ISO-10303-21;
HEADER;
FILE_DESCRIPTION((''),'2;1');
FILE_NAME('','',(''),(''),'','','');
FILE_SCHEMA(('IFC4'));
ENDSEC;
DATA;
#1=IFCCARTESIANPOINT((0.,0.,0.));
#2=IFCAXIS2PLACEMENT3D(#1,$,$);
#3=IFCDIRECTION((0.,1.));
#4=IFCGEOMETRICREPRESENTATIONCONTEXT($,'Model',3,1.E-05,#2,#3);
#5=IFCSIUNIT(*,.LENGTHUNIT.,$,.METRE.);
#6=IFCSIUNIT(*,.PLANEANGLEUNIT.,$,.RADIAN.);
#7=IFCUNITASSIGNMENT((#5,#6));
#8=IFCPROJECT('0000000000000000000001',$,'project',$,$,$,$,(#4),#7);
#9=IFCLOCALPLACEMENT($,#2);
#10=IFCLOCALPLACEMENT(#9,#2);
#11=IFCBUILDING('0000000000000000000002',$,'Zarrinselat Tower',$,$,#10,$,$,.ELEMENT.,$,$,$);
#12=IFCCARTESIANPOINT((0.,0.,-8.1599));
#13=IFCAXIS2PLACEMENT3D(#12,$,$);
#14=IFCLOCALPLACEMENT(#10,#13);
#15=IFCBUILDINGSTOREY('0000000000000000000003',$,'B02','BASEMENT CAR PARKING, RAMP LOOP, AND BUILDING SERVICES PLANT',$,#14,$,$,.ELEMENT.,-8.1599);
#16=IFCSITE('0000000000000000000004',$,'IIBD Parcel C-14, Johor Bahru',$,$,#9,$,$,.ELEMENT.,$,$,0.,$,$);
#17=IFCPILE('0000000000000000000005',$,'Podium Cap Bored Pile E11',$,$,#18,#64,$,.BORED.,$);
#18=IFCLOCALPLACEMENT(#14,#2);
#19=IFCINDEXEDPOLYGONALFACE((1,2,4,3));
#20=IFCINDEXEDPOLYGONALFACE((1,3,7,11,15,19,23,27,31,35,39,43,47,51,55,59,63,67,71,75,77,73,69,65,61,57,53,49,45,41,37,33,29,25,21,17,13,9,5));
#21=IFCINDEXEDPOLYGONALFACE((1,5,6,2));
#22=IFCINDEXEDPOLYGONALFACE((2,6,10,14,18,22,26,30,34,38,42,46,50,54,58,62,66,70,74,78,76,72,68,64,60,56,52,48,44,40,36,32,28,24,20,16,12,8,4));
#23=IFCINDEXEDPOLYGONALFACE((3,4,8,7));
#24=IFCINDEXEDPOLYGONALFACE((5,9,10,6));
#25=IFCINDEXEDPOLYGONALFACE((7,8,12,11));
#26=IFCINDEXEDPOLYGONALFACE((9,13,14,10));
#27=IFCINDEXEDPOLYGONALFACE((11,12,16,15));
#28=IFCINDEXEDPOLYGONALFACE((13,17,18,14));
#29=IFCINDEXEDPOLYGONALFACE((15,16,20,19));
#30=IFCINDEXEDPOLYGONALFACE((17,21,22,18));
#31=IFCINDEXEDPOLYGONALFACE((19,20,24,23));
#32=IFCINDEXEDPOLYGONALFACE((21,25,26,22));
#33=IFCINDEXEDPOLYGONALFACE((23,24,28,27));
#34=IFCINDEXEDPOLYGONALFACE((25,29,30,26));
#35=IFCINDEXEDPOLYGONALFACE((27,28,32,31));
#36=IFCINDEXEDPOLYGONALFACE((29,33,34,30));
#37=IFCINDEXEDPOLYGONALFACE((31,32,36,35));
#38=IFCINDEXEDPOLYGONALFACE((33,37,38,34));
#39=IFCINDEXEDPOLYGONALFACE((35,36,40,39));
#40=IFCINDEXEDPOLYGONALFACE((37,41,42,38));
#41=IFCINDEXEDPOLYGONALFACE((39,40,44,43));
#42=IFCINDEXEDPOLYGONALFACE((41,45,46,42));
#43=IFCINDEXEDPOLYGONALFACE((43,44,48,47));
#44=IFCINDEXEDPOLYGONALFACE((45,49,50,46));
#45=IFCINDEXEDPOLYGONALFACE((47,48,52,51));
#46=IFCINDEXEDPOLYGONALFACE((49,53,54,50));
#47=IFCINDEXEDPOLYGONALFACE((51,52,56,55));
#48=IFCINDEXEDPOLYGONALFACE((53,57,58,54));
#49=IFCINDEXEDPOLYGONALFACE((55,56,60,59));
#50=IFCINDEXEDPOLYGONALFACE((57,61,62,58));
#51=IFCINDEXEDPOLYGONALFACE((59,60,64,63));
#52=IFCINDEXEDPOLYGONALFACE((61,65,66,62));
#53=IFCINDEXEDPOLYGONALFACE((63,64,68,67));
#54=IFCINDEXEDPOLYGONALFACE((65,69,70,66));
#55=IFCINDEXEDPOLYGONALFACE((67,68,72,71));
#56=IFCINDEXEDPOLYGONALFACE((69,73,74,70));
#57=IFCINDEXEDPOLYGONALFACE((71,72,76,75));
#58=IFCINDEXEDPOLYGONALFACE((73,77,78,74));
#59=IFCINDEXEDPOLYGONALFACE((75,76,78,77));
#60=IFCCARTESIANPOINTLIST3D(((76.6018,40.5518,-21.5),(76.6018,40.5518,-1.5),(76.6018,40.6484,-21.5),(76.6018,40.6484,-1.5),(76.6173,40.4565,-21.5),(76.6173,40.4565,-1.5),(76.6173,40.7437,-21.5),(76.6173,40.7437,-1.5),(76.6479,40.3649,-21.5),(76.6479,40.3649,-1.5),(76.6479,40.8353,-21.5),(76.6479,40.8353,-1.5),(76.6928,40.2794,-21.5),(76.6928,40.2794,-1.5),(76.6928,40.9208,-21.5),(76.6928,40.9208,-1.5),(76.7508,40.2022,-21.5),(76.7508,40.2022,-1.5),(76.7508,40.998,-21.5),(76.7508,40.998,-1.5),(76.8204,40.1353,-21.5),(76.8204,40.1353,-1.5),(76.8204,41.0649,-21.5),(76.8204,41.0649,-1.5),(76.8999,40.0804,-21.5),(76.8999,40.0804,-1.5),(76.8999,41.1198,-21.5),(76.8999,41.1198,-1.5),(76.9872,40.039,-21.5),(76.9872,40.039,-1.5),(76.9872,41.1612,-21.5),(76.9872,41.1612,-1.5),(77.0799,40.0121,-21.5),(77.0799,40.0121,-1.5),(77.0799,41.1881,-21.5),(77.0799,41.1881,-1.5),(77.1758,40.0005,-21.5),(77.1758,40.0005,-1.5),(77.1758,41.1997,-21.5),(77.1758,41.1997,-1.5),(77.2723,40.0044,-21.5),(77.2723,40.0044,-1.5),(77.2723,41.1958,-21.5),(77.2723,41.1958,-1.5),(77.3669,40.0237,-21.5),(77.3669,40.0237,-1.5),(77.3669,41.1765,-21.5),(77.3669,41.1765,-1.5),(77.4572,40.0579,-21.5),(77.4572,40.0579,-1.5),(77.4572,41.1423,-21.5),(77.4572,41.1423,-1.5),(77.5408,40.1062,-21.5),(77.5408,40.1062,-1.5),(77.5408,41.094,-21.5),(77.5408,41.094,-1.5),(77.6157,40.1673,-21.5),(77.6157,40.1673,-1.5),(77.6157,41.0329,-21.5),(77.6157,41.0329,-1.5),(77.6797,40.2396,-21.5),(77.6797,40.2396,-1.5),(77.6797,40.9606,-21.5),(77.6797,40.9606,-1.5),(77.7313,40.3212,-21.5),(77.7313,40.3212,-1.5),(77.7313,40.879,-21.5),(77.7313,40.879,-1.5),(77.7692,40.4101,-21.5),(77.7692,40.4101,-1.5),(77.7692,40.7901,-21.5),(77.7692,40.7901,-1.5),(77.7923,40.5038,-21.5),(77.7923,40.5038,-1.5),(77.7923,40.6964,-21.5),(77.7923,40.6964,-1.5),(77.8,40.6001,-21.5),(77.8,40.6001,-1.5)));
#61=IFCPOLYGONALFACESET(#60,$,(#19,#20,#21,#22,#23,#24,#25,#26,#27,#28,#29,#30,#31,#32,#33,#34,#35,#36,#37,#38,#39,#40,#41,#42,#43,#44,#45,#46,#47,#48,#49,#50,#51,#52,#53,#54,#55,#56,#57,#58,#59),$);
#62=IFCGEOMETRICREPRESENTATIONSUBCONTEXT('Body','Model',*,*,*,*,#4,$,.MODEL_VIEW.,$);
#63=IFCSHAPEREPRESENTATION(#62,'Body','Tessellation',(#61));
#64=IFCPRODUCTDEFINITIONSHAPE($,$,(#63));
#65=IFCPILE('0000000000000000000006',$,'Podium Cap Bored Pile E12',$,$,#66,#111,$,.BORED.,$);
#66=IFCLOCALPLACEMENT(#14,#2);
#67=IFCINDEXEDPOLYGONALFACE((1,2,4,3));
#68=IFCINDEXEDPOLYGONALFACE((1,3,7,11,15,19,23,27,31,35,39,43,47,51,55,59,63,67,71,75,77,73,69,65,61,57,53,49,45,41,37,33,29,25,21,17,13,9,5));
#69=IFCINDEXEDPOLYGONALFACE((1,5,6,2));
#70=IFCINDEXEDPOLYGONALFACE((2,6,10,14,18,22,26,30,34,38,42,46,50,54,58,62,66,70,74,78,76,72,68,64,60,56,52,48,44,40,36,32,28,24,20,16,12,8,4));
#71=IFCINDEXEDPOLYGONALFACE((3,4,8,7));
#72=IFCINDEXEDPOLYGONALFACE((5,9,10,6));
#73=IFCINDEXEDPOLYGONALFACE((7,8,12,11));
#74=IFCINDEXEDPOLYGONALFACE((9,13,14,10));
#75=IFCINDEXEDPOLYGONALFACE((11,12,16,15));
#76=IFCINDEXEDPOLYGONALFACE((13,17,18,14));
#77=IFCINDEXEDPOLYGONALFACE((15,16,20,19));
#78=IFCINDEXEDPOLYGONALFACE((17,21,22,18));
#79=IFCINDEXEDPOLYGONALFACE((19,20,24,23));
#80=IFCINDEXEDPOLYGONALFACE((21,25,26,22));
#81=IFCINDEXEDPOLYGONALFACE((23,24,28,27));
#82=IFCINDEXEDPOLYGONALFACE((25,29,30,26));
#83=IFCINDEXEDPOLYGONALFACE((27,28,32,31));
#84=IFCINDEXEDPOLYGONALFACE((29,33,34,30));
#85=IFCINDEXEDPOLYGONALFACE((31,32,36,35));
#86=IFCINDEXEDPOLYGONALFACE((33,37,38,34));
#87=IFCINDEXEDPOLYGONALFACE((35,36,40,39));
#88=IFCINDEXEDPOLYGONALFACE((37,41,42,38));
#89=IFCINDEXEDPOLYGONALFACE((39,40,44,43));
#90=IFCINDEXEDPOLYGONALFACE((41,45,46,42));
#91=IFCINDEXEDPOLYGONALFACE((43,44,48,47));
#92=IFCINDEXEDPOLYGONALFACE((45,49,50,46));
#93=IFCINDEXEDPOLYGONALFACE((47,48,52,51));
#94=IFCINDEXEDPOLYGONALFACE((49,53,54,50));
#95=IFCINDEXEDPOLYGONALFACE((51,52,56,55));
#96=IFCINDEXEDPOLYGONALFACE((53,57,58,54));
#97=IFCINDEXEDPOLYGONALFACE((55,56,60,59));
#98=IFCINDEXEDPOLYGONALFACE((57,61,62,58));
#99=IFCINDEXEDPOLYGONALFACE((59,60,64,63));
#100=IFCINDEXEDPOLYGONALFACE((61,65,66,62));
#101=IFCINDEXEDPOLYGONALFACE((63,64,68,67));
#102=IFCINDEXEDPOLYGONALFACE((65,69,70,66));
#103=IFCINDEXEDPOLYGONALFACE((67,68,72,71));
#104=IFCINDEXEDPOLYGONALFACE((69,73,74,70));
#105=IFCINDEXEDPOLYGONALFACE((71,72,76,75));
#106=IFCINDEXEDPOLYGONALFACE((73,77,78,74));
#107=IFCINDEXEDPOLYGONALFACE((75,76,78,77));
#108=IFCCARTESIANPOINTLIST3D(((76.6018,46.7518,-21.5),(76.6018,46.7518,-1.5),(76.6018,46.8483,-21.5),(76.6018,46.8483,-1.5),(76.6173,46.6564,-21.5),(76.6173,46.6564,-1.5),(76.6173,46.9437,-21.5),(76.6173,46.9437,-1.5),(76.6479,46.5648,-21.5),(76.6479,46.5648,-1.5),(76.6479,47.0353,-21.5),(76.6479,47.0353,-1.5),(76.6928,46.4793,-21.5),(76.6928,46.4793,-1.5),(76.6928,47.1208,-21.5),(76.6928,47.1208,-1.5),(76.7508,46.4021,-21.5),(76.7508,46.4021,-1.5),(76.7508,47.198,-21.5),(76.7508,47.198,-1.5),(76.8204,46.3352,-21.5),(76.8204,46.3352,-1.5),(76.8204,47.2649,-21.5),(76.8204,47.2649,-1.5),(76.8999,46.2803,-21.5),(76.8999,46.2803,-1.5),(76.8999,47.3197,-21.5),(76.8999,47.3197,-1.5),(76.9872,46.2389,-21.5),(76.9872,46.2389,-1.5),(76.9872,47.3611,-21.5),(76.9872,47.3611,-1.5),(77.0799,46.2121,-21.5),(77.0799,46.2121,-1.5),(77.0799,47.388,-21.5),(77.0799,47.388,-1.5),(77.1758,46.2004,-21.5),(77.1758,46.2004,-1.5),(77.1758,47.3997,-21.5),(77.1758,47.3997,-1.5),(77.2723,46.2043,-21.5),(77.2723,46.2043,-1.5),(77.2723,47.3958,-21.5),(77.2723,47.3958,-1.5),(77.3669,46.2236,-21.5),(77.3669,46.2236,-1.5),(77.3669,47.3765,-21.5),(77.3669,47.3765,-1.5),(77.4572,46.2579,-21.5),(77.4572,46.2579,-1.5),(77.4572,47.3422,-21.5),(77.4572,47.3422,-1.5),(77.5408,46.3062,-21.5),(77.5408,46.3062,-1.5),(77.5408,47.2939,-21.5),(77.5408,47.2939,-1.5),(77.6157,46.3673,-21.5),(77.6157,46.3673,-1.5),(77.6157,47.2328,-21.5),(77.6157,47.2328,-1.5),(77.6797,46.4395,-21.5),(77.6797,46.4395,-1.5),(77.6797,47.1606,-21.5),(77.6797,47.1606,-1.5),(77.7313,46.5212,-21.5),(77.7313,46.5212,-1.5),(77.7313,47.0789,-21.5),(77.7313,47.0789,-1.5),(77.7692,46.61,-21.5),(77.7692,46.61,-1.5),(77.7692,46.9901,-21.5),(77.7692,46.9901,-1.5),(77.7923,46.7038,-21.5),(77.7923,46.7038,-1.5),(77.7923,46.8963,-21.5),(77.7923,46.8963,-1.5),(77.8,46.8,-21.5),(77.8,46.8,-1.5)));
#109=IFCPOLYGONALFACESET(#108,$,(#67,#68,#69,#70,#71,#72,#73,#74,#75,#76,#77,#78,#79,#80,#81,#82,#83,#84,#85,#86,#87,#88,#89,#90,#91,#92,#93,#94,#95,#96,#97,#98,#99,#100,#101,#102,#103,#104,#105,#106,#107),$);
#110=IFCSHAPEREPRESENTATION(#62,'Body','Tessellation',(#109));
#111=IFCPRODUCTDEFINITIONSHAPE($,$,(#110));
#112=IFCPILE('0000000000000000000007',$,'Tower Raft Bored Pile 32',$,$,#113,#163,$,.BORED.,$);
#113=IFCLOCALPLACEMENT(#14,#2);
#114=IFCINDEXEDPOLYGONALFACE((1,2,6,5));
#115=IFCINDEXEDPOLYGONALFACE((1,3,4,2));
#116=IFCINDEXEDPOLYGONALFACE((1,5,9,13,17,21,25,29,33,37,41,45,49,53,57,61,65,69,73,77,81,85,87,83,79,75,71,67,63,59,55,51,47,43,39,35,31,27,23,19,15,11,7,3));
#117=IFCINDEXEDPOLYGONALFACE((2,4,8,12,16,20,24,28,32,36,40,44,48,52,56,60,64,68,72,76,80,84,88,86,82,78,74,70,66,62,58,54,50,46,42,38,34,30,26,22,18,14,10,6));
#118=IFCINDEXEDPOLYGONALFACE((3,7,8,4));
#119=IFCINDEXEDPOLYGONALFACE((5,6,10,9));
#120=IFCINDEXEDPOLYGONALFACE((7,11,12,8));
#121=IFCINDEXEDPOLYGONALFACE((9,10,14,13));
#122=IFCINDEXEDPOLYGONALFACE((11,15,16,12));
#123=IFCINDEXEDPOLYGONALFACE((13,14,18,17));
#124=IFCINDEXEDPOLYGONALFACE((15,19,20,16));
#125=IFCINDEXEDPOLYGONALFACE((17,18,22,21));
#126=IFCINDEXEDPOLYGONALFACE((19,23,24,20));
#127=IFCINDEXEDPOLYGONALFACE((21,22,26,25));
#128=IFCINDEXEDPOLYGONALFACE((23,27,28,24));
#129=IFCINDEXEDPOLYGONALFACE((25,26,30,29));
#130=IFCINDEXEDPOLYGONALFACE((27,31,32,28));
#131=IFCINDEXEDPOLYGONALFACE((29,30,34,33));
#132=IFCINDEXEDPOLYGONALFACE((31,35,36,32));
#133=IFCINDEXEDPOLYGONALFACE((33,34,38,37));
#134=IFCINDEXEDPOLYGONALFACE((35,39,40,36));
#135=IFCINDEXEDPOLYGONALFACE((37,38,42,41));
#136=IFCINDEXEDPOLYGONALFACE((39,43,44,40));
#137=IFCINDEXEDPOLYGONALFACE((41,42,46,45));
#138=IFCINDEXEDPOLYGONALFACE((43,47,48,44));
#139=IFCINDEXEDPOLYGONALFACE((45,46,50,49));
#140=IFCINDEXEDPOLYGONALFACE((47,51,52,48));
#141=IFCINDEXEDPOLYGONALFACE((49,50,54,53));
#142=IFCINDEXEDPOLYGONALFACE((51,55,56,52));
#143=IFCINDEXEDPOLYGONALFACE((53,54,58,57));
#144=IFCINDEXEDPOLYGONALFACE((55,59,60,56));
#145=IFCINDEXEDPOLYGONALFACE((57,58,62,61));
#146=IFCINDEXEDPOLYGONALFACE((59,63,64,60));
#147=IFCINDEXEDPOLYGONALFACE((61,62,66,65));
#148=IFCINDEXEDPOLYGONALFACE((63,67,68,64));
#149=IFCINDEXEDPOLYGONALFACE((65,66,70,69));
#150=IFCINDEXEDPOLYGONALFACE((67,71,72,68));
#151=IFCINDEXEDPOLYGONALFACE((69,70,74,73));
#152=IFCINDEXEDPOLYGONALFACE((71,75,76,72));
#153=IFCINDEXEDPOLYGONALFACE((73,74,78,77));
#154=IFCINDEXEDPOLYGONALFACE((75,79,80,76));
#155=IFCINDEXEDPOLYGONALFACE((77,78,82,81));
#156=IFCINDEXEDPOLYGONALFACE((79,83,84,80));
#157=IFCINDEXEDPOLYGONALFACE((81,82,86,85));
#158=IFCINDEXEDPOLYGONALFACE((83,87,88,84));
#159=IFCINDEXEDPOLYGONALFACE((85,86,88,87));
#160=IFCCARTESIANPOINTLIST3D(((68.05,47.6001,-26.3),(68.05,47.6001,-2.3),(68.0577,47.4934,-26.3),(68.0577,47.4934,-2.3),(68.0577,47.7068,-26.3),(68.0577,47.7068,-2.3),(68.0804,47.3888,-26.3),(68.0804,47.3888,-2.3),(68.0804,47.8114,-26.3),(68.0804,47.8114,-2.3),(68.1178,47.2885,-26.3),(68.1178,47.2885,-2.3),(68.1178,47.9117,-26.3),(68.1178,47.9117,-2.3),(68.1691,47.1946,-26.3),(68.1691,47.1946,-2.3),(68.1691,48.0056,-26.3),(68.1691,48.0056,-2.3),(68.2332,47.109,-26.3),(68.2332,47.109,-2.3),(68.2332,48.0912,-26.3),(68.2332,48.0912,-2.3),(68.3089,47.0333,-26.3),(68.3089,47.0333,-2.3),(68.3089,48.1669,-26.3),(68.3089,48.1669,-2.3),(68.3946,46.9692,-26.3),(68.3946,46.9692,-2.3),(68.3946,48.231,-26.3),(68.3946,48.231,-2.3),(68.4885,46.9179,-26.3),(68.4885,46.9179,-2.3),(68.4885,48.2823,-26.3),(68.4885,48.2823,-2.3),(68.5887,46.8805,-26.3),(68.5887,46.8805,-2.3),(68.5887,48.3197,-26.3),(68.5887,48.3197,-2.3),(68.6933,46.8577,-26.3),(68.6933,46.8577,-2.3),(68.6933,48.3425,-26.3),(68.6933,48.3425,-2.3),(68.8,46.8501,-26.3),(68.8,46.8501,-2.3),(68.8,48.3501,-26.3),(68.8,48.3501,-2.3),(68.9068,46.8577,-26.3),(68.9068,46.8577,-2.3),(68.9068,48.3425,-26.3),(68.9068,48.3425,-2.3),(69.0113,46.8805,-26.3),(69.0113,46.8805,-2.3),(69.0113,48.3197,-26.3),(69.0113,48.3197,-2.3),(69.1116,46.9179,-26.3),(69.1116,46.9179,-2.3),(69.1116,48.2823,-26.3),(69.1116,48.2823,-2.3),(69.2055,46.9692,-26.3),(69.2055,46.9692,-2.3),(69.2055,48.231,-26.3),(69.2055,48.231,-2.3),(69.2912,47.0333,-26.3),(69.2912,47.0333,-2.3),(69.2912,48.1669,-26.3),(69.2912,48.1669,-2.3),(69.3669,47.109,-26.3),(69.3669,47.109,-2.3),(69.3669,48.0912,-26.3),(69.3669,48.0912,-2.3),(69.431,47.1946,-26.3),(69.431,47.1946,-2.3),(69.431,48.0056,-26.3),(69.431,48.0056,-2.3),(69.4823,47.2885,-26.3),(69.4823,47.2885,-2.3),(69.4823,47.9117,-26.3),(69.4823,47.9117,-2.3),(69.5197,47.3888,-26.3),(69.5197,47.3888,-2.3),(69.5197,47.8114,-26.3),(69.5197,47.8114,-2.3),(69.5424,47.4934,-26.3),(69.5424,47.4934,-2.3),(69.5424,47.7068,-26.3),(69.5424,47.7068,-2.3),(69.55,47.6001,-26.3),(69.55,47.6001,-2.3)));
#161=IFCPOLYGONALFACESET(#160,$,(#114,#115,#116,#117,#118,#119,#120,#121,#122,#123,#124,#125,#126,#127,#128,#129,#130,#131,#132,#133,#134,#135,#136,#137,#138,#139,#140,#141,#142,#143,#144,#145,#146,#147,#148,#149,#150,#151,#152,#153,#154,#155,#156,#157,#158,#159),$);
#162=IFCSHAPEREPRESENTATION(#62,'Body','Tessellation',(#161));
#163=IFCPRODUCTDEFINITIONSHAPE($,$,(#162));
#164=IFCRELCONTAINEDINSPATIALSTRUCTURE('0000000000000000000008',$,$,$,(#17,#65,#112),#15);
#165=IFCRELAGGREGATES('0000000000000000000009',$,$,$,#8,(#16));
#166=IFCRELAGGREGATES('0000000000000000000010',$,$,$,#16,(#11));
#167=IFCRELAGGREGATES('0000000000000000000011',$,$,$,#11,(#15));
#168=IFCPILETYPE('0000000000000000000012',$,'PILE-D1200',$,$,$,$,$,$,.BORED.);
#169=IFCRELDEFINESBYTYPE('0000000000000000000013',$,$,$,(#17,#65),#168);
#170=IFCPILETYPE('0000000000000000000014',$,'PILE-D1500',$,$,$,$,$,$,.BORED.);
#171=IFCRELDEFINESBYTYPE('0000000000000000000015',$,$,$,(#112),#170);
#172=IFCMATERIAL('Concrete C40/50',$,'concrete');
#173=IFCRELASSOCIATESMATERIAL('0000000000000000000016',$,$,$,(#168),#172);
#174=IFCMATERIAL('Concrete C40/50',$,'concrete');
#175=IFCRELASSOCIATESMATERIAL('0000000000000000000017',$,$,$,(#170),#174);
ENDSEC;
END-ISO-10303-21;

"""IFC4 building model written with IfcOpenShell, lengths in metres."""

from ifc_helpers import new_model, si_unit, direction, frame, origin, origin_2d, place, context, subcontext, project, spatial, circle, extrude, material, material_profile, profile_set, type_object, element, save


model = new_model("IFC4")

# Units and contexts
model_context = context("Model", 3, precision=1e-05, world=origin(), true_north=direction((0.0, 1.0)))
body_context = subcontext(model_context, "Body", "Model", "MODEL_VIEW")
ifc_project = project(units=[si_unit("LENGTHUNIT", "METRE"), si_unit("PLANEANGLEUNIT", "RADIAN")], contexts=[model_context])

# Site, building, storey
site_placement = place(None, origin())
site = spatial("IfcSite", under=ifc_project, at=site_placement, Name="IIBD Parcel C-14, Johor Bahru", CompositionType="ELEMENT", RefElevation=0.0)
building_placement = place(site_placement, origin())
building = spatial("IfcBuilding", under=site, at=building_placement, Name="Zarrinselat Tower", CompositionType="ELEMENT")
storey_placement = place(building_placement, frame((0.0, 0.0, -8.1599)))
storey = spatial("IfcBuildingStorey", under=building, at=storey_placement, Name="B02", Description="BASEMENT CAR PARKING, RAMP LOOP, AND BUILDING SERVICES PLANT", CompositionType="ELEMENT", Elevation=-8.1599)

# Piles
ifc_material_1 = material(Name="Concrete C40/50", Category="concrete")
ifc_material_profile_1 = material_profile(ifc_material_1, circle(Radius=0.6001, at=origin_2d()), Name="BORED PILE D1200")
ifc_profile_set_1 = profile_set([ifc_material_profile_1], Name="Concrete C40/50")
pile_type_1 = type_object("IfcPileType", Name="PILE-D1200", PredefinedType="BORED", material=ifc_profile_set_1)
for number, where, z_axis, x_axis, name in (
    (1, (77.2, 40.6001, -1.5), (0.0, 0.0, -1.0), (1.0, 0.0, 0.0), "Podium Cap Bored Pile E11"),
    (2, (77.2, 46.8, -1.5), (0.0, 0.0, -1.0), (1.0, 0.0, 0.0), "Podium Cap Bored Pile E12"),
):
    element("IfcPile", number, at=place(storey_placement, frame(where, z_axis=z_axis, x_axis=x_axis)), inside=storey, type_object=pile_type_1, Name=name, PredefinedType="BORED", context=body_context, shape_type="SweptSolid", body=[
        extrude(circle(Radius=0.6001, at=origin_2d()), origin(), (0.0, 0.0, 1.0), 20.0),
    ])
ifc_material_2 = material(Name="Concrete C40/50", Category="concrete")
ifc_material_profile_2 = material_profile(ifc_material_2, circle(Radius=0.75, at=origin_2d()), Name="BORED PILE D1500")
ifc_profile_set_2 = profile_set([ifc_material_profile_2], Name="Concrete C40/50")
pile_type_2 = type_object("IfcPileType", Name="PILE-D1500", PredefinedType="BORED", material=ifc_profile_set_2)
pile_placement = place(storey_placement, frame((68.8, 47.6001, -2.3), z_axis=(0.0, 0.0, -1.0), x_axis=(1.0, 0.0, 0.0)))
element("IfcPile", 3, at=pile_placement, inside=storey, type_object=pile_type_2, Name="Tower Raft Bored Pile 32", PredefinedType="BORED", context=body_context, shape_type="SweptSolid", body=[
    extrude(circle(Radius=0.75, at=origin_2d()), origin(), (0.0, 0.0, 1.0), 24.0),
])

save(model, "model.ifc")
